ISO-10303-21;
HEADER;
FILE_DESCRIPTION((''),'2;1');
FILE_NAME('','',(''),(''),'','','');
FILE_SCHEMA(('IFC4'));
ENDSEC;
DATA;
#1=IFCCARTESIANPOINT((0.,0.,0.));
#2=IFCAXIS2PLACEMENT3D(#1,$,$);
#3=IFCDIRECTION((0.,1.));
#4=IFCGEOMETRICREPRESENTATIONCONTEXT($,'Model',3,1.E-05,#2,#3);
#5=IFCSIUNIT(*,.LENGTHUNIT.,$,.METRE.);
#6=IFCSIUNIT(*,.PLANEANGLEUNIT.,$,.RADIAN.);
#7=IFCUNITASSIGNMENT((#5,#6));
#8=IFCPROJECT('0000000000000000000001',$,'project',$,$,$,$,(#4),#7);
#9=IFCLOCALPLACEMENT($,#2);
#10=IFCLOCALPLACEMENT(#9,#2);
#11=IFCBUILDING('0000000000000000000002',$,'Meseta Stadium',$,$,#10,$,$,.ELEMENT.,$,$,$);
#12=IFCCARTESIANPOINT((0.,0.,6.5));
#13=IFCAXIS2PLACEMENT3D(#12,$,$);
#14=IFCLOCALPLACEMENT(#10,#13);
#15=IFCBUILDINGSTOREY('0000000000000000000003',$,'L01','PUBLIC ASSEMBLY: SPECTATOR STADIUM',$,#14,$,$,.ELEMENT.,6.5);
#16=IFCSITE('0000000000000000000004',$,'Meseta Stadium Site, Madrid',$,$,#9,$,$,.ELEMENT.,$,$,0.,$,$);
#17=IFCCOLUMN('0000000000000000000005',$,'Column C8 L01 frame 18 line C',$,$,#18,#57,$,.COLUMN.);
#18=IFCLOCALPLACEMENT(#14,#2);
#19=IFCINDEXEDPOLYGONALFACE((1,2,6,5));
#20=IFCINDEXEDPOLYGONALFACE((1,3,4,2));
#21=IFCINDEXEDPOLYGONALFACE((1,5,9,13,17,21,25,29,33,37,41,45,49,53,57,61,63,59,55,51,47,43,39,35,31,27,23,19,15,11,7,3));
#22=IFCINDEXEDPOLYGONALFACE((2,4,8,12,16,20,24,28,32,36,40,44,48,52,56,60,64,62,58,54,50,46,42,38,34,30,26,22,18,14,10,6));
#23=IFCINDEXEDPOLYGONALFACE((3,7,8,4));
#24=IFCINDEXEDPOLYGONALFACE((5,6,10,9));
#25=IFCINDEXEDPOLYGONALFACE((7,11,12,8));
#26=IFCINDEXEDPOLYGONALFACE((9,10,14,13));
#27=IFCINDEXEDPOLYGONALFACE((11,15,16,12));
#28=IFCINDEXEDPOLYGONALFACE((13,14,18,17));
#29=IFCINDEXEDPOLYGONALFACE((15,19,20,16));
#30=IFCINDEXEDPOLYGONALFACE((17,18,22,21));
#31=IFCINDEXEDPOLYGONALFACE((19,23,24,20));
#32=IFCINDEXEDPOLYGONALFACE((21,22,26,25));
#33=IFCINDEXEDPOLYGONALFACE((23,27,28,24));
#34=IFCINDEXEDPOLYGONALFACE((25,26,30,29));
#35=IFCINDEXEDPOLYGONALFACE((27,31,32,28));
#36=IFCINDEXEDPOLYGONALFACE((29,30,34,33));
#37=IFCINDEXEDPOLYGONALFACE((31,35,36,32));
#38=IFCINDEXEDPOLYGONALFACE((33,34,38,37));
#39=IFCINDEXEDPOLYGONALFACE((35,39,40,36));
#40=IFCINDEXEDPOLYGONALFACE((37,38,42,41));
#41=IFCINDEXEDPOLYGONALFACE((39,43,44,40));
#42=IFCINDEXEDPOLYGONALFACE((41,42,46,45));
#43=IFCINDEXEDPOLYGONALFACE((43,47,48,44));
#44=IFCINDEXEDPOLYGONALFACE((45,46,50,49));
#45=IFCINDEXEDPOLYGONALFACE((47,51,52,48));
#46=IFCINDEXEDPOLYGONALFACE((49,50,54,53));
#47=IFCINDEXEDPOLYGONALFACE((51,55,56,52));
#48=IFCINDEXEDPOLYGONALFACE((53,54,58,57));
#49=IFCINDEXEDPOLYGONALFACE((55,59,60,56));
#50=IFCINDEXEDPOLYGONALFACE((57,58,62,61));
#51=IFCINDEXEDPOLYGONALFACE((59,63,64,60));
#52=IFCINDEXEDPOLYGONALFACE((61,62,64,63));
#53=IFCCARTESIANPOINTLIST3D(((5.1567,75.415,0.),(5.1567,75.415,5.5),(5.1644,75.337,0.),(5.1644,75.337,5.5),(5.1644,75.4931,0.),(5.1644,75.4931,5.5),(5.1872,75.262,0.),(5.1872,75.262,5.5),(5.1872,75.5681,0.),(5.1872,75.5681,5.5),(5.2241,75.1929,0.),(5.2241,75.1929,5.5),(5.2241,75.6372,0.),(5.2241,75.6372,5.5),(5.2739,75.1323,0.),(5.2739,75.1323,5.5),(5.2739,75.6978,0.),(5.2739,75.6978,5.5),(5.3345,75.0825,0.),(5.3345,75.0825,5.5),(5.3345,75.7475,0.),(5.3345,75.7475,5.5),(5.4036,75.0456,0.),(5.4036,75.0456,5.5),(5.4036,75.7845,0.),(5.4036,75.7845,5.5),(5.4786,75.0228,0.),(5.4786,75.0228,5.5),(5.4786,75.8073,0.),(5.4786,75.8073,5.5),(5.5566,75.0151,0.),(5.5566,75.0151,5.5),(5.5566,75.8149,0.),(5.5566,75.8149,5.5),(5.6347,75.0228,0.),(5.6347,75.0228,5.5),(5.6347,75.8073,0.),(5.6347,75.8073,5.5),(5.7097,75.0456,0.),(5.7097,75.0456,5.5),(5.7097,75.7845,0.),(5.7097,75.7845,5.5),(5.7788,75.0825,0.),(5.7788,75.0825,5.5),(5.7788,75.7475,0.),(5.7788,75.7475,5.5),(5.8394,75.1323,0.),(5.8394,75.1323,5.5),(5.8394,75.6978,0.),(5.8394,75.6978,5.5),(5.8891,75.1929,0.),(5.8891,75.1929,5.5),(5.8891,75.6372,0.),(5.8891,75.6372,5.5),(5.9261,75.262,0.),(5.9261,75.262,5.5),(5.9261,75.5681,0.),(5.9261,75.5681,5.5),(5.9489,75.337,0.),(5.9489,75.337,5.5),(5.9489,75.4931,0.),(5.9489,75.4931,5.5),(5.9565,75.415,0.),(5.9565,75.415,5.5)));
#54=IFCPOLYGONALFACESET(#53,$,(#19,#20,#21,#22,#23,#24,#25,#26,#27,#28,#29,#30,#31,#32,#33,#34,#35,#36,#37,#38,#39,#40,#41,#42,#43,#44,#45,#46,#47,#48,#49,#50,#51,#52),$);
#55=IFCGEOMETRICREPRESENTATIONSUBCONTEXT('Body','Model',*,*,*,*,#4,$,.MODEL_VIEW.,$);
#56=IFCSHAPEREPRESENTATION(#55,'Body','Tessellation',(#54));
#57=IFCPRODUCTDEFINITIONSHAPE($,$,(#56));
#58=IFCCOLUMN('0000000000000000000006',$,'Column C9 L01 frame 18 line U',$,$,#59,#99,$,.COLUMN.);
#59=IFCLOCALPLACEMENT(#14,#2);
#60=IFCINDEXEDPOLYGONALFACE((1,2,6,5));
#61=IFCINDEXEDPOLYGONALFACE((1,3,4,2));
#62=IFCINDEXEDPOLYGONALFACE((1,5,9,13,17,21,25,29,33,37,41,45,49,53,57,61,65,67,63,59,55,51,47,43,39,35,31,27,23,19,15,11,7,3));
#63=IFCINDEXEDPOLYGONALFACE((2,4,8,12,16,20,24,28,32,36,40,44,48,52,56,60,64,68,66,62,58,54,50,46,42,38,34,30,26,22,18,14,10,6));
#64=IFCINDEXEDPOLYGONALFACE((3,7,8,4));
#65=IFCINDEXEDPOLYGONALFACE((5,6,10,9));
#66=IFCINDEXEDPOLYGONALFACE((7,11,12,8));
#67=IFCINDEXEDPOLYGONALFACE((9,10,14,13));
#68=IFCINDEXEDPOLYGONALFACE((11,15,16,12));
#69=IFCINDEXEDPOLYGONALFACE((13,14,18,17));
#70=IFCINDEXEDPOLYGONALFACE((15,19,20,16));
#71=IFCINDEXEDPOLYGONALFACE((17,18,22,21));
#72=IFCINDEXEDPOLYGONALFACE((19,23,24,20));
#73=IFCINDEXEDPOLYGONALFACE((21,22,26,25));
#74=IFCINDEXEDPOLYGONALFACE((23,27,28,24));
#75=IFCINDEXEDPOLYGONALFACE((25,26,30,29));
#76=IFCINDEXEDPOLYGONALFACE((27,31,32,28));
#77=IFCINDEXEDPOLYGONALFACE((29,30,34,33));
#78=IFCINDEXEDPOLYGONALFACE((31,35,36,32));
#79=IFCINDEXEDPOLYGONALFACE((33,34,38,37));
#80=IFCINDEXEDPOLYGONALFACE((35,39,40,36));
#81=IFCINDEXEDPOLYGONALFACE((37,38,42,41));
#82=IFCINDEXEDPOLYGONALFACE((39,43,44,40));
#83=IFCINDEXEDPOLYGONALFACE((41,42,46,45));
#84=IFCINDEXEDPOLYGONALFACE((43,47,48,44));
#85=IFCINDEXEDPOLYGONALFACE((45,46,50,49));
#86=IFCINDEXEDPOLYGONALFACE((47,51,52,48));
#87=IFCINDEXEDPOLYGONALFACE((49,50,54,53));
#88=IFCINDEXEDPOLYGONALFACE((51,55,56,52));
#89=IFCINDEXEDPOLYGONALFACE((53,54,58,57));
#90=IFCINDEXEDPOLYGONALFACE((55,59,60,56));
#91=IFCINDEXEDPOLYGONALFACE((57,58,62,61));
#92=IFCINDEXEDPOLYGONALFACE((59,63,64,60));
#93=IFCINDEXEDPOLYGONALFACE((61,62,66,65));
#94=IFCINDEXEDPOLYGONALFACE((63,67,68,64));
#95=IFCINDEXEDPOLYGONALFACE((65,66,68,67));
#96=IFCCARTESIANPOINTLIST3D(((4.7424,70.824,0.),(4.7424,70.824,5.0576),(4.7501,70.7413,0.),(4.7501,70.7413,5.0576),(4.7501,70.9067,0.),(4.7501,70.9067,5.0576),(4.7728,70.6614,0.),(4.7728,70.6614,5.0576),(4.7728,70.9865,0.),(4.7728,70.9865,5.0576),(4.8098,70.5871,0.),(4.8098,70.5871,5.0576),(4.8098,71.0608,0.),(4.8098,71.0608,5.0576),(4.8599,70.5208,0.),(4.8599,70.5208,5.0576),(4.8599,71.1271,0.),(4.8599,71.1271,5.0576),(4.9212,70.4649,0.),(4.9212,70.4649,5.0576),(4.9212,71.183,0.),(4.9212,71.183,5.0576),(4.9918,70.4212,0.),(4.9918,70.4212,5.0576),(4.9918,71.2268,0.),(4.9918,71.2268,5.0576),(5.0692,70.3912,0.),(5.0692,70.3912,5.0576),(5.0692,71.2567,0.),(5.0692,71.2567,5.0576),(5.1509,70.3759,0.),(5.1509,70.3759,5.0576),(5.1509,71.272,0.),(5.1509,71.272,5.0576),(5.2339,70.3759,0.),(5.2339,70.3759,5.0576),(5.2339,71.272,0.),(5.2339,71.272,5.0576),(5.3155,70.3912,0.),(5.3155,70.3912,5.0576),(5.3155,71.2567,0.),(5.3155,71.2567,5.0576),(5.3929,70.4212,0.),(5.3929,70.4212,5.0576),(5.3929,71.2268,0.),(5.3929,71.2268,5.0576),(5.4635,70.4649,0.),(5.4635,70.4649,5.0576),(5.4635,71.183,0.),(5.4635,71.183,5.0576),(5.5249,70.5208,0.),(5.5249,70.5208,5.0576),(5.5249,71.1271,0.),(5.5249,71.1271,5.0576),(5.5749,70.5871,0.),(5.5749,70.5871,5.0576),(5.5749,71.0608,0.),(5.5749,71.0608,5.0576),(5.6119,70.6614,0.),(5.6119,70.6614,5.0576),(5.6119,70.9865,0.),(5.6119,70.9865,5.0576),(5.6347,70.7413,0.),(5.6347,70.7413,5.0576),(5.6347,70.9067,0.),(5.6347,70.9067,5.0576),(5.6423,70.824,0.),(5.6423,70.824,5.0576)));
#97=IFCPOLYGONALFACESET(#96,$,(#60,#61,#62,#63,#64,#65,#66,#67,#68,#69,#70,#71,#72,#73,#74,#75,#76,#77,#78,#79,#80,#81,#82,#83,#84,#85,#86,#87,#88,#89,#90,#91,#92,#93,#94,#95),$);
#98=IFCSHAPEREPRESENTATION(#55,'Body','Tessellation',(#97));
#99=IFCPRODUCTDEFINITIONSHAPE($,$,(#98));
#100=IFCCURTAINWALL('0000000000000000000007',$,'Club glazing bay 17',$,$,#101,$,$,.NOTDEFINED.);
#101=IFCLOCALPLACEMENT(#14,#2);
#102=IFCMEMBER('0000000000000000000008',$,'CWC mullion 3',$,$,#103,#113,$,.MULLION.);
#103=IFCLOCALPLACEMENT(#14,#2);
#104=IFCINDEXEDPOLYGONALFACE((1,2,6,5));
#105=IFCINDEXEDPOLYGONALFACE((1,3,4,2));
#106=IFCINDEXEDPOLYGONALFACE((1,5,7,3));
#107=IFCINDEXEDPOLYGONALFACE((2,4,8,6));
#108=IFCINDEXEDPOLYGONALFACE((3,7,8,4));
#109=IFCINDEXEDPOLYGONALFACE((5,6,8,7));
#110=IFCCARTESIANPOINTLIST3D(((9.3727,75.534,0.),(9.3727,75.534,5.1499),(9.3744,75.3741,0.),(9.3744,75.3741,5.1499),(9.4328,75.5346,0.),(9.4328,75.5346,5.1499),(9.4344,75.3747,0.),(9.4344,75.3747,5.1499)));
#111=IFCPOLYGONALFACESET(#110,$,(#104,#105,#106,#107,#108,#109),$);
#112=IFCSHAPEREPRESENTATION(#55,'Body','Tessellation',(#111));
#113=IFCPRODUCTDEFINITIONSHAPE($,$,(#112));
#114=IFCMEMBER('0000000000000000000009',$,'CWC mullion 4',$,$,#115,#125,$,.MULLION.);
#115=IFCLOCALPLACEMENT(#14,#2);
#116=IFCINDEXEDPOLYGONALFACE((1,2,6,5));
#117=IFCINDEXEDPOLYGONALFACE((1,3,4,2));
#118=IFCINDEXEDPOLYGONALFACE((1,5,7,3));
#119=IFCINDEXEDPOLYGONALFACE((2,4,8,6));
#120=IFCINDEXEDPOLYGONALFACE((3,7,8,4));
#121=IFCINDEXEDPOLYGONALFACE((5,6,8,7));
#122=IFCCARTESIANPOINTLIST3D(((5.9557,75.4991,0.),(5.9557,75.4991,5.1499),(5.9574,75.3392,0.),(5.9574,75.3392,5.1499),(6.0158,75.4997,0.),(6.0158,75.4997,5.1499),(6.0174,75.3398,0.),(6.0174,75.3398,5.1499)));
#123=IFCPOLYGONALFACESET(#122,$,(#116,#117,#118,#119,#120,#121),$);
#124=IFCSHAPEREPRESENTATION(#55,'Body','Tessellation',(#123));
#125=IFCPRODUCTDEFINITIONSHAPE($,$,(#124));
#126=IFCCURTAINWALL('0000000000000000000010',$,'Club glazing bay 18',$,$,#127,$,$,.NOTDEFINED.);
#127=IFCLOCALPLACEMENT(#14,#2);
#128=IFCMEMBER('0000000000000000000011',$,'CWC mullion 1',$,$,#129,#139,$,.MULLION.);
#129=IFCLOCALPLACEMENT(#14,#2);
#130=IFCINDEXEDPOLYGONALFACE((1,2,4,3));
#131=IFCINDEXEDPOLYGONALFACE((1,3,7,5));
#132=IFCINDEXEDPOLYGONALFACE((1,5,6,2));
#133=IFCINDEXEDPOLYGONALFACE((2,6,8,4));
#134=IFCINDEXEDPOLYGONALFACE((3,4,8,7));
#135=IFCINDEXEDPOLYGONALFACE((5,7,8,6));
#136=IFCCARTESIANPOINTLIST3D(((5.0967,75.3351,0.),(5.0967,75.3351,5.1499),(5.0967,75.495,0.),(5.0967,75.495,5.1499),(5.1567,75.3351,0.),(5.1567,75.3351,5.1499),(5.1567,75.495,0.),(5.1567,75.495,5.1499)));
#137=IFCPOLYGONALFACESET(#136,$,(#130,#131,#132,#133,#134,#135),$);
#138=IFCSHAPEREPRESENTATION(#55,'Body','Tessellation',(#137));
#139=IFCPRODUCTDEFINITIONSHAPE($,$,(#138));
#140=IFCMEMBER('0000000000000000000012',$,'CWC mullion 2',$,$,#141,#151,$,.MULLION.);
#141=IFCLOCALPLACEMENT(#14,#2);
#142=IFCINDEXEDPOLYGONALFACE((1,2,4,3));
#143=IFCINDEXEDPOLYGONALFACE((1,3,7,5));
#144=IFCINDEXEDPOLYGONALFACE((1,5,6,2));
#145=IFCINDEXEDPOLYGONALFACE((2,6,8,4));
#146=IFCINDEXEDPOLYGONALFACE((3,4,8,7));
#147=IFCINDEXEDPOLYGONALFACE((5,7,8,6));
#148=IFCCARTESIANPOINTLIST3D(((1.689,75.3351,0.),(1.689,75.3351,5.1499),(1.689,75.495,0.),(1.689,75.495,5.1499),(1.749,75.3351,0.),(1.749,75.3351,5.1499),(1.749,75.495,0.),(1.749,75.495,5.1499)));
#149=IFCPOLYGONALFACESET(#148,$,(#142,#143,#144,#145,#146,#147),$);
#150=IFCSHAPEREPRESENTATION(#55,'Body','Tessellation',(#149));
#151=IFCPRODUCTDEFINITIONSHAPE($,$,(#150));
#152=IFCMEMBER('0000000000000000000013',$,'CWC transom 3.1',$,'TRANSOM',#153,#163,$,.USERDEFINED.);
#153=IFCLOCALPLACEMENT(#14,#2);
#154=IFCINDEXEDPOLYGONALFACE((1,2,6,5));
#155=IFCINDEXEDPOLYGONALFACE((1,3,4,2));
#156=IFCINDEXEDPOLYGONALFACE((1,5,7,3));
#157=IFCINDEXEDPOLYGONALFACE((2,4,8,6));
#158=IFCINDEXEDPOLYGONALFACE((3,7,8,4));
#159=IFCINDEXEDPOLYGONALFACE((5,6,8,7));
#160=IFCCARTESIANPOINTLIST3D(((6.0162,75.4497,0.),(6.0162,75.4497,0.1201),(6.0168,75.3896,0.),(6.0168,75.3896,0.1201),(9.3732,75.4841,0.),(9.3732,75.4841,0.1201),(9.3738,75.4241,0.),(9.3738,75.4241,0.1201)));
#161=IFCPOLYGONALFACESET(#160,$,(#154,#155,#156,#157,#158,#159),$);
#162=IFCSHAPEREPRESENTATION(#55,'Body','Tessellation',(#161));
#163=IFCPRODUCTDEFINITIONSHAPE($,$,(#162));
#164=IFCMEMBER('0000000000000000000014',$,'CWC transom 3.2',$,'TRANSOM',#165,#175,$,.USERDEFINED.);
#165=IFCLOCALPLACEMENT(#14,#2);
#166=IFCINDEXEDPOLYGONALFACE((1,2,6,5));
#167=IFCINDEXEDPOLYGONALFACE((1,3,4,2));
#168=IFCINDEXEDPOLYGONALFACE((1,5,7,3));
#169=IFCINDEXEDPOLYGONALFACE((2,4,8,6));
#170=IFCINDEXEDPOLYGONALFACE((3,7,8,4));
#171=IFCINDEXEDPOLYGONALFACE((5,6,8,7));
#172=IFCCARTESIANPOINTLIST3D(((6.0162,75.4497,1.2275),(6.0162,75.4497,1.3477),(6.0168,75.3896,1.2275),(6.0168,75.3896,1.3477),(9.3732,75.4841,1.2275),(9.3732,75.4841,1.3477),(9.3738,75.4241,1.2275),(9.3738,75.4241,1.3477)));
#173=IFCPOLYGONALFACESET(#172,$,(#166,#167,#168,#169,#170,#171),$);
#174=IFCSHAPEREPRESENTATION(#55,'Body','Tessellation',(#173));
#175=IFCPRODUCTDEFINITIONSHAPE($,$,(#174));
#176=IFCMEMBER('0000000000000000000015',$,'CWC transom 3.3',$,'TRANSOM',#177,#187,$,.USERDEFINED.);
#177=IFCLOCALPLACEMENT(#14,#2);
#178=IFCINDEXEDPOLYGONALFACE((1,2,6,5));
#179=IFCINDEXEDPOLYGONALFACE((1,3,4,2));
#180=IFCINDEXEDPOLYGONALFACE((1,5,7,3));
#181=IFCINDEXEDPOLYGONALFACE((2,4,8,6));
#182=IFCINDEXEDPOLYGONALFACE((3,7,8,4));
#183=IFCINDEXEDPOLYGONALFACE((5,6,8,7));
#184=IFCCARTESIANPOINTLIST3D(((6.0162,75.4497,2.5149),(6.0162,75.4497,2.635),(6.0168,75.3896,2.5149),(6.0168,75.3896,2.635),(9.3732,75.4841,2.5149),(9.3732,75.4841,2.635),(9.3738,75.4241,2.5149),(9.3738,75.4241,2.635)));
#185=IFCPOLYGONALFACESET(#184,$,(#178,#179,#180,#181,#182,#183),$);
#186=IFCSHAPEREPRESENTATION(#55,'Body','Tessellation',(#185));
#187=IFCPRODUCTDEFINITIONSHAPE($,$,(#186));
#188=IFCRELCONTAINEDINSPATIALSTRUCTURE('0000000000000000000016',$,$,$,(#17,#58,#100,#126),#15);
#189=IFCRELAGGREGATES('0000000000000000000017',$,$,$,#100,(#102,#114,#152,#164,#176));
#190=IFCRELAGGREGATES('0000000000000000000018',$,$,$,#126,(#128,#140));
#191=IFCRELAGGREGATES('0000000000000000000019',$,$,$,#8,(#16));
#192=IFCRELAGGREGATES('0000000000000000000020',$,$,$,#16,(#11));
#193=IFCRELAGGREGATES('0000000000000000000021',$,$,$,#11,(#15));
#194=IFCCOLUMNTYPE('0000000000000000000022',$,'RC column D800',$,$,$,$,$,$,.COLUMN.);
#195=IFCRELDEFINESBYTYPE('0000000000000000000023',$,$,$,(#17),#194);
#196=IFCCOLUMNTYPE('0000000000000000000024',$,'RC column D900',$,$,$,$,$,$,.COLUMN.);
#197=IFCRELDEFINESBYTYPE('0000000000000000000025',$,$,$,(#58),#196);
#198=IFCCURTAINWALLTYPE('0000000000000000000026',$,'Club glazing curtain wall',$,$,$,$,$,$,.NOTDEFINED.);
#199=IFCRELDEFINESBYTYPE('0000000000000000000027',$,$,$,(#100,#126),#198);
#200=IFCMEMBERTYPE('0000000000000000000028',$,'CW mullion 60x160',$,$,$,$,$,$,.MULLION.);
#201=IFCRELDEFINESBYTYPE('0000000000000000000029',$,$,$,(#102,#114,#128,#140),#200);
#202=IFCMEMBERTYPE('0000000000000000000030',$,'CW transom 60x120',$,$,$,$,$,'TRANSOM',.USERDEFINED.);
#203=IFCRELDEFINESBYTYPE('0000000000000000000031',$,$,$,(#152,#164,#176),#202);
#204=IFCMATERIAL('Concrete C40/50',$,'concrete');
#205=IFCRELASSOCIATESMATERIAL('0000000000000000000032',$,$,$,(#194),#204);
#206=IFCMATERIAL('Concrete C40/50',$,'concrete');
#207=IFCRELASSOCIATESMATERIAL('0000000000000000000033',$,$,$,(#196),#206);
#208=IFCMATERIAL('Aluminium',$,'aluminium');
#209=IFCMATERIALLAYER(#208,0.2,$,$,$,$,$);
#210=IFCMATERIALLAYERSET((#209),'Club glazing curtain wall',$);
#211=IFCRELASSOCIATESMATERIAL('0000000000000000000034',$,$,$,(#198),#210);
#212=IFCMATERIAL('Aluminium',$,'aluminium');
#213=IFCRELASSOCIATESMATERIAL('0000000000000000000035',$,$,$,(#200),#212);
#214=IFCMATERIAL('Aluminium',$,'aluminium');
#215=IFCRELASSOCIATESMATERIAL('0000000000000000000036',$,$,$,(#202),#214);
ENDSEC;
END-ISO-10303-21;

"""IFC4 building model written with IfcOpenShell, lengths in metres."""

from ifc_helpers import new_model, si_unit, direction, frame, origin, origin_2d, place, context, subcontext, project, spatial, rectangle, circle, extrude, material, layer, layer_set, material_profile, profile_set, type_object, element, aggregate, save


model = new_model("IFC4")

# Units and contexts
model_context = context("Model", 3, precision=1e-05, world=origin(), true_north=direction((0.0, 1.0)))
body_context = subcontext(model_context, "Body", "Model", "MODEL_VIEW")
ifc_project = project(units=[si_unit("LENGTHUNIT", "METRE"), si_unit("PLANEANGLEUNIT", "RADIAN")], contexts=[model_context])

# Site, building, storey
site_placement = place(None, origin())
site = spatial("IfcSite", under=ifc_project, at=site_placement, Name="Meseta Stadium Site, Madrid", CompositionType="ELEMENT", RefElevation=0.0)
building_placement = place(site_placement, origin())
building = spatial("IfcBuilding", under=site, at=building_placement, Name="Meseta Stadium", CompositionType="ELEMENT")
storey_placement = place(building_placement, frame((0.0, 0.0, 6.5)))
storey = spatial("IfcBuildingStorey", under=building, at=storey_placement, Name="L01", Description="PUBLIC ASSEMBLY: SPECTATOR STADIUM", CompositionType="ELEMENT", Elevation=6.5)

# Columns
ifc_material_1 = material(Name="Concrete C40/50", Category="concrete")
ifc_material_profile_1 = material_profile(ifc_material_1, circle(Radius=0.3999, at=origin_2d()), Name="RC D800")
ifc_profile_set_1 = profile_set([ifc_material_profile_1], Name="Concrete C40/50")
column_type_1 = type_object("IfcColumnType", Name="RC column D800", PredefinedType="COLUMN", material=ifc_profile_set_1)
column_1_placement = place(storey_placement, frame((5.5566, 75.415, 0.0), z_axis=(0.0, 0.0, 1.0), x_axis=(1.0, 0.0, 0.0)))
element("IfcColumn", 1, at=column_1_placement, inside=storey, type_object=column_type_1, Name="Column C8 L01 frame 18 line C", PredefinedType="COLUMN", context=body_context, shape_type="SweptSolid", body=[
    extrude(circle(Radius=0.3999, at=origin_2d()), origin(), (0.0, 0.0, 1.0), 5.5),
])
ifc_material_2 = material(Name="Concrete C40/50", Category="concrete")
ifc_material_profile_2 = material_profile(ifc_material_2, circle(Radius=0.45, at=origin_2d()), Name="RC D900")
ifc_profile_set_2 = profile_set([ifc_material_profile_2], Name="Concrete C40/50")
column_type_2 = type_object("IfcColumnType", Name="RC column D900", PredefinedType="COLUMN", material=ifc_profile_set_2)
column_2_placement = place(storey_placement, frame((5.1924, 70.824, 0.0), z_axis=(0.0, 0.0, 1.0), x_axis=(1.0, 0.0, 0.0)))
element("IfcColumn", 2, at=column_2_placement, inside=storey, type_object=column_type_2, Name="Column C9 L01 frame 18 line U", PredefinedType="COLUMN", context=body_context, shape_type="SweptSolid", body=[
    extrude(circle(Radius=0.45, at=origin_2d()), origin(), (0.0, 0.0, 1.0), 5.0576),
])

# Curtain walls, members
ifc_material_3 = material(Name="Aluminium", Category="aluminium")
ifc_layer_1 = layer(ifc_material_3, 0.2)
ifc_layer_set_1 = layer_set([ifc_layer_1], Name="Club glazing curtain wall")
curtain_wall_type = type_object("IfcCurtainWallType", Name="Club glazing curtain wall", PredefinedType="NOTDEFINED", material=ifc_layer_set_1)
curtain_wall_1_placement = place(storey_placement, origin())
curtain_wall_1 = element("IfcCurtainWall", 3, at=curtain_wall_1_placement, inside=storey, type_object=curtain_wall_type, Name="Club glazing bay 17", PredefinedType="NOTDEFINED")
ifc_material_4 = material(Name="Aluminium", Category="aluminium")
ifc_material_profile_3 = material_profile(ifc_material_4, rectangle(XDim=0.1599, YDim=0.0601, at=origin_2d()), Name="CW 160x60")
ifc_profile_set_3 = profile_set([ifc_material_profile_3], Name="Aluminium")
member_type_1 = type_object("IfcMemberType", Name="CW mullion 60x160", PredefinedType="MULLION", material=ifc_profile_set_3)
member_1_placement = place(storey_placement, frame((9.4036, 75.4543, 0.0), z_axis=(0.0, 0.0, 1.0), x_axis=(0.010279, -0.999947, 0.0)))
member_1 = element("IfcMember", 4, at=member_1_placement, type_object=member_type_1, Name="CWC mullion 3", PredefinedType="MULLION", context=body_context, shape_type="SweptSolid", body=[
    extrude(rectangle(XDim=0.1599, YDim=0.0601, at=origin_2d()), origin(), (0.0, 0.0, 1.0), 5.1499),
])
member_2_placement = place(storey_placement, frame((5.9866, 75.4194, 0.0), z_axis=(0.0, 0.0, 1.0), x_axis=(0.010279, -0.999947, 0.0)))
member_2 = element("IfcMember", 5, at=member_2_placement, type_object=member_type_1, Name="CWC mullion 4", PredefinedType="MULLION", context=body_context, shape_type="SweptSolid", body=[
    extrude(rectangle(XDim=0.1599, YDim=0.0601, at=origin_2d()), origin(), (0.0, 0.0, 1.0), 5.1499),
])
curtain_wall_2_placement = place(storey_placement, origin())
curtain_wall_2 = element("IfcCurtainWall", 6, at=curtain_wall_2_placement, inside=storey, type_object=curtain_wall_type, Name="Club glazing bay 18", PredefinedType="NOTDEFINED")
member_3_placement = place(storey_placement, frame((5.1267, 75.415, 0.0), z_axis=(0.0, 0.0, 1.0), x_axis=(0.0, -1.0, 0.0)))
member_3 = element("IfcMember", 7, at=member_3_placement, type_object=member_type_1, Name="CWC mullion 1", PredefinedType="MULLION", context=body_context, shape_type="SweptSolid", body=[
    extrude(rectangle(XDim=0.1599, YDim=0.0601, at=origin_2d()), origin(), (0.0, 0.0, 1.0), 5.1499),
])
member_4_placement = place(storey_placement, frame((1.719, 75.415, 0.0), z_axis=(0.0, 0.0, 1.0), x_axis=(0.0, -1.0, 0.0)))
member_4 = element("IfcMember", 8, at=member_4_placement, type_object=member_type_1, Name="CWC mullion 2", PredefinedType="MULLION", context=body_context, shape_type="SweptSolid", body=[
    extrude(rectangle(XDim=0.1599, YDim=0.0601, at=origin_2d()), origin(), (0.0, 0.0, 1.0), 5.1499),
])

# Members
ifc_material_5 = material(Name="Aluminium", Category="aluminium")
ifc_material_profile_4 = material_profile(ifc_material_5, rectangle(XDim=0.0601, YDim=0.1201, at=origin_2d()), Name="CW 60x120")
ifc_profile_set_4 = profile_set([ifc_material_profile_4], Name="Aluminium")
member_type_2 = type_object("IfcMemberType", Name="CW transom 60x120", ElementType="TRANSOM", PredefinedType="USERDEFINED", material=ifc_profile_set_4)
member_5_placement = place(storey_placement, frame((9.3735, 75.4541, 0.0601), z_axis=(-0.999947, -0.010254, 0.0), x_axis=(0.010254, -0.999947, 0.0)))
member_5 = element("IfcMember", 9, at=member_5_placement, type_object=member_type_2, Name="CWC transom 3.1", ObjectType="TRANSOM", PredefinedType="USERDEFINED", context=body_context, shape_type="SweptSolid", body=[
    extrude(rectangle(XDim=0.0601, YDim=0.1201, at=origin_2d()), origin(), (0.0, 0.0, 1.0), 3.3572),
])
member_6_placement = place(storey_placement, frame((9.3735, 75.4541, 1.2876), z_axis=(-0.999947, -0.010254, 0.0), x_axis=(0.010254, -0.999947, 0.0)))
member_6 = element("IfcMember", 10, at=member_6_placement, type_object=member_type_2, Name="CWC transom 3.2", ObjectType="TRANSOM", PredefinedType="USERDEFINED", context=body_context, shape_type="SweptSolid", body=[
    extrude(rectangle(XDim=0.0601, YDim=0.1201, at=origin_2d()), origin(), (0.0, 0.0, 1.0), 3.3572),
])
member_7_placement = place(storey_placement, frame((9.3735, 75.4541, 2.575), z_axis=(-0.999947, -0.010254, 0.0), x_axis=(0.010254, -0.999947, 0.0)))
member_7 = element("IfcMember", 11, at=member_7_placement, type_object=member_type_2, Name="CWC transom 3.3", ObjectType="TRANSOM", PredefinedType="USERDEFINED", context=body_context, shape_type="SweptSolid", body=[
    extrude(rectangle(XDim=0.0601, YDim=0.1201, at=origin_2d()), origin(), (0.0, 0.0, 1.0), 3.3572),
])

aggregate(curtain_wall_1, [member_1, member_2, member_5, member_6, member_7])
aggregate(curtain_wall_2, [member_3, member_4])

save(model, "model.ifc")
